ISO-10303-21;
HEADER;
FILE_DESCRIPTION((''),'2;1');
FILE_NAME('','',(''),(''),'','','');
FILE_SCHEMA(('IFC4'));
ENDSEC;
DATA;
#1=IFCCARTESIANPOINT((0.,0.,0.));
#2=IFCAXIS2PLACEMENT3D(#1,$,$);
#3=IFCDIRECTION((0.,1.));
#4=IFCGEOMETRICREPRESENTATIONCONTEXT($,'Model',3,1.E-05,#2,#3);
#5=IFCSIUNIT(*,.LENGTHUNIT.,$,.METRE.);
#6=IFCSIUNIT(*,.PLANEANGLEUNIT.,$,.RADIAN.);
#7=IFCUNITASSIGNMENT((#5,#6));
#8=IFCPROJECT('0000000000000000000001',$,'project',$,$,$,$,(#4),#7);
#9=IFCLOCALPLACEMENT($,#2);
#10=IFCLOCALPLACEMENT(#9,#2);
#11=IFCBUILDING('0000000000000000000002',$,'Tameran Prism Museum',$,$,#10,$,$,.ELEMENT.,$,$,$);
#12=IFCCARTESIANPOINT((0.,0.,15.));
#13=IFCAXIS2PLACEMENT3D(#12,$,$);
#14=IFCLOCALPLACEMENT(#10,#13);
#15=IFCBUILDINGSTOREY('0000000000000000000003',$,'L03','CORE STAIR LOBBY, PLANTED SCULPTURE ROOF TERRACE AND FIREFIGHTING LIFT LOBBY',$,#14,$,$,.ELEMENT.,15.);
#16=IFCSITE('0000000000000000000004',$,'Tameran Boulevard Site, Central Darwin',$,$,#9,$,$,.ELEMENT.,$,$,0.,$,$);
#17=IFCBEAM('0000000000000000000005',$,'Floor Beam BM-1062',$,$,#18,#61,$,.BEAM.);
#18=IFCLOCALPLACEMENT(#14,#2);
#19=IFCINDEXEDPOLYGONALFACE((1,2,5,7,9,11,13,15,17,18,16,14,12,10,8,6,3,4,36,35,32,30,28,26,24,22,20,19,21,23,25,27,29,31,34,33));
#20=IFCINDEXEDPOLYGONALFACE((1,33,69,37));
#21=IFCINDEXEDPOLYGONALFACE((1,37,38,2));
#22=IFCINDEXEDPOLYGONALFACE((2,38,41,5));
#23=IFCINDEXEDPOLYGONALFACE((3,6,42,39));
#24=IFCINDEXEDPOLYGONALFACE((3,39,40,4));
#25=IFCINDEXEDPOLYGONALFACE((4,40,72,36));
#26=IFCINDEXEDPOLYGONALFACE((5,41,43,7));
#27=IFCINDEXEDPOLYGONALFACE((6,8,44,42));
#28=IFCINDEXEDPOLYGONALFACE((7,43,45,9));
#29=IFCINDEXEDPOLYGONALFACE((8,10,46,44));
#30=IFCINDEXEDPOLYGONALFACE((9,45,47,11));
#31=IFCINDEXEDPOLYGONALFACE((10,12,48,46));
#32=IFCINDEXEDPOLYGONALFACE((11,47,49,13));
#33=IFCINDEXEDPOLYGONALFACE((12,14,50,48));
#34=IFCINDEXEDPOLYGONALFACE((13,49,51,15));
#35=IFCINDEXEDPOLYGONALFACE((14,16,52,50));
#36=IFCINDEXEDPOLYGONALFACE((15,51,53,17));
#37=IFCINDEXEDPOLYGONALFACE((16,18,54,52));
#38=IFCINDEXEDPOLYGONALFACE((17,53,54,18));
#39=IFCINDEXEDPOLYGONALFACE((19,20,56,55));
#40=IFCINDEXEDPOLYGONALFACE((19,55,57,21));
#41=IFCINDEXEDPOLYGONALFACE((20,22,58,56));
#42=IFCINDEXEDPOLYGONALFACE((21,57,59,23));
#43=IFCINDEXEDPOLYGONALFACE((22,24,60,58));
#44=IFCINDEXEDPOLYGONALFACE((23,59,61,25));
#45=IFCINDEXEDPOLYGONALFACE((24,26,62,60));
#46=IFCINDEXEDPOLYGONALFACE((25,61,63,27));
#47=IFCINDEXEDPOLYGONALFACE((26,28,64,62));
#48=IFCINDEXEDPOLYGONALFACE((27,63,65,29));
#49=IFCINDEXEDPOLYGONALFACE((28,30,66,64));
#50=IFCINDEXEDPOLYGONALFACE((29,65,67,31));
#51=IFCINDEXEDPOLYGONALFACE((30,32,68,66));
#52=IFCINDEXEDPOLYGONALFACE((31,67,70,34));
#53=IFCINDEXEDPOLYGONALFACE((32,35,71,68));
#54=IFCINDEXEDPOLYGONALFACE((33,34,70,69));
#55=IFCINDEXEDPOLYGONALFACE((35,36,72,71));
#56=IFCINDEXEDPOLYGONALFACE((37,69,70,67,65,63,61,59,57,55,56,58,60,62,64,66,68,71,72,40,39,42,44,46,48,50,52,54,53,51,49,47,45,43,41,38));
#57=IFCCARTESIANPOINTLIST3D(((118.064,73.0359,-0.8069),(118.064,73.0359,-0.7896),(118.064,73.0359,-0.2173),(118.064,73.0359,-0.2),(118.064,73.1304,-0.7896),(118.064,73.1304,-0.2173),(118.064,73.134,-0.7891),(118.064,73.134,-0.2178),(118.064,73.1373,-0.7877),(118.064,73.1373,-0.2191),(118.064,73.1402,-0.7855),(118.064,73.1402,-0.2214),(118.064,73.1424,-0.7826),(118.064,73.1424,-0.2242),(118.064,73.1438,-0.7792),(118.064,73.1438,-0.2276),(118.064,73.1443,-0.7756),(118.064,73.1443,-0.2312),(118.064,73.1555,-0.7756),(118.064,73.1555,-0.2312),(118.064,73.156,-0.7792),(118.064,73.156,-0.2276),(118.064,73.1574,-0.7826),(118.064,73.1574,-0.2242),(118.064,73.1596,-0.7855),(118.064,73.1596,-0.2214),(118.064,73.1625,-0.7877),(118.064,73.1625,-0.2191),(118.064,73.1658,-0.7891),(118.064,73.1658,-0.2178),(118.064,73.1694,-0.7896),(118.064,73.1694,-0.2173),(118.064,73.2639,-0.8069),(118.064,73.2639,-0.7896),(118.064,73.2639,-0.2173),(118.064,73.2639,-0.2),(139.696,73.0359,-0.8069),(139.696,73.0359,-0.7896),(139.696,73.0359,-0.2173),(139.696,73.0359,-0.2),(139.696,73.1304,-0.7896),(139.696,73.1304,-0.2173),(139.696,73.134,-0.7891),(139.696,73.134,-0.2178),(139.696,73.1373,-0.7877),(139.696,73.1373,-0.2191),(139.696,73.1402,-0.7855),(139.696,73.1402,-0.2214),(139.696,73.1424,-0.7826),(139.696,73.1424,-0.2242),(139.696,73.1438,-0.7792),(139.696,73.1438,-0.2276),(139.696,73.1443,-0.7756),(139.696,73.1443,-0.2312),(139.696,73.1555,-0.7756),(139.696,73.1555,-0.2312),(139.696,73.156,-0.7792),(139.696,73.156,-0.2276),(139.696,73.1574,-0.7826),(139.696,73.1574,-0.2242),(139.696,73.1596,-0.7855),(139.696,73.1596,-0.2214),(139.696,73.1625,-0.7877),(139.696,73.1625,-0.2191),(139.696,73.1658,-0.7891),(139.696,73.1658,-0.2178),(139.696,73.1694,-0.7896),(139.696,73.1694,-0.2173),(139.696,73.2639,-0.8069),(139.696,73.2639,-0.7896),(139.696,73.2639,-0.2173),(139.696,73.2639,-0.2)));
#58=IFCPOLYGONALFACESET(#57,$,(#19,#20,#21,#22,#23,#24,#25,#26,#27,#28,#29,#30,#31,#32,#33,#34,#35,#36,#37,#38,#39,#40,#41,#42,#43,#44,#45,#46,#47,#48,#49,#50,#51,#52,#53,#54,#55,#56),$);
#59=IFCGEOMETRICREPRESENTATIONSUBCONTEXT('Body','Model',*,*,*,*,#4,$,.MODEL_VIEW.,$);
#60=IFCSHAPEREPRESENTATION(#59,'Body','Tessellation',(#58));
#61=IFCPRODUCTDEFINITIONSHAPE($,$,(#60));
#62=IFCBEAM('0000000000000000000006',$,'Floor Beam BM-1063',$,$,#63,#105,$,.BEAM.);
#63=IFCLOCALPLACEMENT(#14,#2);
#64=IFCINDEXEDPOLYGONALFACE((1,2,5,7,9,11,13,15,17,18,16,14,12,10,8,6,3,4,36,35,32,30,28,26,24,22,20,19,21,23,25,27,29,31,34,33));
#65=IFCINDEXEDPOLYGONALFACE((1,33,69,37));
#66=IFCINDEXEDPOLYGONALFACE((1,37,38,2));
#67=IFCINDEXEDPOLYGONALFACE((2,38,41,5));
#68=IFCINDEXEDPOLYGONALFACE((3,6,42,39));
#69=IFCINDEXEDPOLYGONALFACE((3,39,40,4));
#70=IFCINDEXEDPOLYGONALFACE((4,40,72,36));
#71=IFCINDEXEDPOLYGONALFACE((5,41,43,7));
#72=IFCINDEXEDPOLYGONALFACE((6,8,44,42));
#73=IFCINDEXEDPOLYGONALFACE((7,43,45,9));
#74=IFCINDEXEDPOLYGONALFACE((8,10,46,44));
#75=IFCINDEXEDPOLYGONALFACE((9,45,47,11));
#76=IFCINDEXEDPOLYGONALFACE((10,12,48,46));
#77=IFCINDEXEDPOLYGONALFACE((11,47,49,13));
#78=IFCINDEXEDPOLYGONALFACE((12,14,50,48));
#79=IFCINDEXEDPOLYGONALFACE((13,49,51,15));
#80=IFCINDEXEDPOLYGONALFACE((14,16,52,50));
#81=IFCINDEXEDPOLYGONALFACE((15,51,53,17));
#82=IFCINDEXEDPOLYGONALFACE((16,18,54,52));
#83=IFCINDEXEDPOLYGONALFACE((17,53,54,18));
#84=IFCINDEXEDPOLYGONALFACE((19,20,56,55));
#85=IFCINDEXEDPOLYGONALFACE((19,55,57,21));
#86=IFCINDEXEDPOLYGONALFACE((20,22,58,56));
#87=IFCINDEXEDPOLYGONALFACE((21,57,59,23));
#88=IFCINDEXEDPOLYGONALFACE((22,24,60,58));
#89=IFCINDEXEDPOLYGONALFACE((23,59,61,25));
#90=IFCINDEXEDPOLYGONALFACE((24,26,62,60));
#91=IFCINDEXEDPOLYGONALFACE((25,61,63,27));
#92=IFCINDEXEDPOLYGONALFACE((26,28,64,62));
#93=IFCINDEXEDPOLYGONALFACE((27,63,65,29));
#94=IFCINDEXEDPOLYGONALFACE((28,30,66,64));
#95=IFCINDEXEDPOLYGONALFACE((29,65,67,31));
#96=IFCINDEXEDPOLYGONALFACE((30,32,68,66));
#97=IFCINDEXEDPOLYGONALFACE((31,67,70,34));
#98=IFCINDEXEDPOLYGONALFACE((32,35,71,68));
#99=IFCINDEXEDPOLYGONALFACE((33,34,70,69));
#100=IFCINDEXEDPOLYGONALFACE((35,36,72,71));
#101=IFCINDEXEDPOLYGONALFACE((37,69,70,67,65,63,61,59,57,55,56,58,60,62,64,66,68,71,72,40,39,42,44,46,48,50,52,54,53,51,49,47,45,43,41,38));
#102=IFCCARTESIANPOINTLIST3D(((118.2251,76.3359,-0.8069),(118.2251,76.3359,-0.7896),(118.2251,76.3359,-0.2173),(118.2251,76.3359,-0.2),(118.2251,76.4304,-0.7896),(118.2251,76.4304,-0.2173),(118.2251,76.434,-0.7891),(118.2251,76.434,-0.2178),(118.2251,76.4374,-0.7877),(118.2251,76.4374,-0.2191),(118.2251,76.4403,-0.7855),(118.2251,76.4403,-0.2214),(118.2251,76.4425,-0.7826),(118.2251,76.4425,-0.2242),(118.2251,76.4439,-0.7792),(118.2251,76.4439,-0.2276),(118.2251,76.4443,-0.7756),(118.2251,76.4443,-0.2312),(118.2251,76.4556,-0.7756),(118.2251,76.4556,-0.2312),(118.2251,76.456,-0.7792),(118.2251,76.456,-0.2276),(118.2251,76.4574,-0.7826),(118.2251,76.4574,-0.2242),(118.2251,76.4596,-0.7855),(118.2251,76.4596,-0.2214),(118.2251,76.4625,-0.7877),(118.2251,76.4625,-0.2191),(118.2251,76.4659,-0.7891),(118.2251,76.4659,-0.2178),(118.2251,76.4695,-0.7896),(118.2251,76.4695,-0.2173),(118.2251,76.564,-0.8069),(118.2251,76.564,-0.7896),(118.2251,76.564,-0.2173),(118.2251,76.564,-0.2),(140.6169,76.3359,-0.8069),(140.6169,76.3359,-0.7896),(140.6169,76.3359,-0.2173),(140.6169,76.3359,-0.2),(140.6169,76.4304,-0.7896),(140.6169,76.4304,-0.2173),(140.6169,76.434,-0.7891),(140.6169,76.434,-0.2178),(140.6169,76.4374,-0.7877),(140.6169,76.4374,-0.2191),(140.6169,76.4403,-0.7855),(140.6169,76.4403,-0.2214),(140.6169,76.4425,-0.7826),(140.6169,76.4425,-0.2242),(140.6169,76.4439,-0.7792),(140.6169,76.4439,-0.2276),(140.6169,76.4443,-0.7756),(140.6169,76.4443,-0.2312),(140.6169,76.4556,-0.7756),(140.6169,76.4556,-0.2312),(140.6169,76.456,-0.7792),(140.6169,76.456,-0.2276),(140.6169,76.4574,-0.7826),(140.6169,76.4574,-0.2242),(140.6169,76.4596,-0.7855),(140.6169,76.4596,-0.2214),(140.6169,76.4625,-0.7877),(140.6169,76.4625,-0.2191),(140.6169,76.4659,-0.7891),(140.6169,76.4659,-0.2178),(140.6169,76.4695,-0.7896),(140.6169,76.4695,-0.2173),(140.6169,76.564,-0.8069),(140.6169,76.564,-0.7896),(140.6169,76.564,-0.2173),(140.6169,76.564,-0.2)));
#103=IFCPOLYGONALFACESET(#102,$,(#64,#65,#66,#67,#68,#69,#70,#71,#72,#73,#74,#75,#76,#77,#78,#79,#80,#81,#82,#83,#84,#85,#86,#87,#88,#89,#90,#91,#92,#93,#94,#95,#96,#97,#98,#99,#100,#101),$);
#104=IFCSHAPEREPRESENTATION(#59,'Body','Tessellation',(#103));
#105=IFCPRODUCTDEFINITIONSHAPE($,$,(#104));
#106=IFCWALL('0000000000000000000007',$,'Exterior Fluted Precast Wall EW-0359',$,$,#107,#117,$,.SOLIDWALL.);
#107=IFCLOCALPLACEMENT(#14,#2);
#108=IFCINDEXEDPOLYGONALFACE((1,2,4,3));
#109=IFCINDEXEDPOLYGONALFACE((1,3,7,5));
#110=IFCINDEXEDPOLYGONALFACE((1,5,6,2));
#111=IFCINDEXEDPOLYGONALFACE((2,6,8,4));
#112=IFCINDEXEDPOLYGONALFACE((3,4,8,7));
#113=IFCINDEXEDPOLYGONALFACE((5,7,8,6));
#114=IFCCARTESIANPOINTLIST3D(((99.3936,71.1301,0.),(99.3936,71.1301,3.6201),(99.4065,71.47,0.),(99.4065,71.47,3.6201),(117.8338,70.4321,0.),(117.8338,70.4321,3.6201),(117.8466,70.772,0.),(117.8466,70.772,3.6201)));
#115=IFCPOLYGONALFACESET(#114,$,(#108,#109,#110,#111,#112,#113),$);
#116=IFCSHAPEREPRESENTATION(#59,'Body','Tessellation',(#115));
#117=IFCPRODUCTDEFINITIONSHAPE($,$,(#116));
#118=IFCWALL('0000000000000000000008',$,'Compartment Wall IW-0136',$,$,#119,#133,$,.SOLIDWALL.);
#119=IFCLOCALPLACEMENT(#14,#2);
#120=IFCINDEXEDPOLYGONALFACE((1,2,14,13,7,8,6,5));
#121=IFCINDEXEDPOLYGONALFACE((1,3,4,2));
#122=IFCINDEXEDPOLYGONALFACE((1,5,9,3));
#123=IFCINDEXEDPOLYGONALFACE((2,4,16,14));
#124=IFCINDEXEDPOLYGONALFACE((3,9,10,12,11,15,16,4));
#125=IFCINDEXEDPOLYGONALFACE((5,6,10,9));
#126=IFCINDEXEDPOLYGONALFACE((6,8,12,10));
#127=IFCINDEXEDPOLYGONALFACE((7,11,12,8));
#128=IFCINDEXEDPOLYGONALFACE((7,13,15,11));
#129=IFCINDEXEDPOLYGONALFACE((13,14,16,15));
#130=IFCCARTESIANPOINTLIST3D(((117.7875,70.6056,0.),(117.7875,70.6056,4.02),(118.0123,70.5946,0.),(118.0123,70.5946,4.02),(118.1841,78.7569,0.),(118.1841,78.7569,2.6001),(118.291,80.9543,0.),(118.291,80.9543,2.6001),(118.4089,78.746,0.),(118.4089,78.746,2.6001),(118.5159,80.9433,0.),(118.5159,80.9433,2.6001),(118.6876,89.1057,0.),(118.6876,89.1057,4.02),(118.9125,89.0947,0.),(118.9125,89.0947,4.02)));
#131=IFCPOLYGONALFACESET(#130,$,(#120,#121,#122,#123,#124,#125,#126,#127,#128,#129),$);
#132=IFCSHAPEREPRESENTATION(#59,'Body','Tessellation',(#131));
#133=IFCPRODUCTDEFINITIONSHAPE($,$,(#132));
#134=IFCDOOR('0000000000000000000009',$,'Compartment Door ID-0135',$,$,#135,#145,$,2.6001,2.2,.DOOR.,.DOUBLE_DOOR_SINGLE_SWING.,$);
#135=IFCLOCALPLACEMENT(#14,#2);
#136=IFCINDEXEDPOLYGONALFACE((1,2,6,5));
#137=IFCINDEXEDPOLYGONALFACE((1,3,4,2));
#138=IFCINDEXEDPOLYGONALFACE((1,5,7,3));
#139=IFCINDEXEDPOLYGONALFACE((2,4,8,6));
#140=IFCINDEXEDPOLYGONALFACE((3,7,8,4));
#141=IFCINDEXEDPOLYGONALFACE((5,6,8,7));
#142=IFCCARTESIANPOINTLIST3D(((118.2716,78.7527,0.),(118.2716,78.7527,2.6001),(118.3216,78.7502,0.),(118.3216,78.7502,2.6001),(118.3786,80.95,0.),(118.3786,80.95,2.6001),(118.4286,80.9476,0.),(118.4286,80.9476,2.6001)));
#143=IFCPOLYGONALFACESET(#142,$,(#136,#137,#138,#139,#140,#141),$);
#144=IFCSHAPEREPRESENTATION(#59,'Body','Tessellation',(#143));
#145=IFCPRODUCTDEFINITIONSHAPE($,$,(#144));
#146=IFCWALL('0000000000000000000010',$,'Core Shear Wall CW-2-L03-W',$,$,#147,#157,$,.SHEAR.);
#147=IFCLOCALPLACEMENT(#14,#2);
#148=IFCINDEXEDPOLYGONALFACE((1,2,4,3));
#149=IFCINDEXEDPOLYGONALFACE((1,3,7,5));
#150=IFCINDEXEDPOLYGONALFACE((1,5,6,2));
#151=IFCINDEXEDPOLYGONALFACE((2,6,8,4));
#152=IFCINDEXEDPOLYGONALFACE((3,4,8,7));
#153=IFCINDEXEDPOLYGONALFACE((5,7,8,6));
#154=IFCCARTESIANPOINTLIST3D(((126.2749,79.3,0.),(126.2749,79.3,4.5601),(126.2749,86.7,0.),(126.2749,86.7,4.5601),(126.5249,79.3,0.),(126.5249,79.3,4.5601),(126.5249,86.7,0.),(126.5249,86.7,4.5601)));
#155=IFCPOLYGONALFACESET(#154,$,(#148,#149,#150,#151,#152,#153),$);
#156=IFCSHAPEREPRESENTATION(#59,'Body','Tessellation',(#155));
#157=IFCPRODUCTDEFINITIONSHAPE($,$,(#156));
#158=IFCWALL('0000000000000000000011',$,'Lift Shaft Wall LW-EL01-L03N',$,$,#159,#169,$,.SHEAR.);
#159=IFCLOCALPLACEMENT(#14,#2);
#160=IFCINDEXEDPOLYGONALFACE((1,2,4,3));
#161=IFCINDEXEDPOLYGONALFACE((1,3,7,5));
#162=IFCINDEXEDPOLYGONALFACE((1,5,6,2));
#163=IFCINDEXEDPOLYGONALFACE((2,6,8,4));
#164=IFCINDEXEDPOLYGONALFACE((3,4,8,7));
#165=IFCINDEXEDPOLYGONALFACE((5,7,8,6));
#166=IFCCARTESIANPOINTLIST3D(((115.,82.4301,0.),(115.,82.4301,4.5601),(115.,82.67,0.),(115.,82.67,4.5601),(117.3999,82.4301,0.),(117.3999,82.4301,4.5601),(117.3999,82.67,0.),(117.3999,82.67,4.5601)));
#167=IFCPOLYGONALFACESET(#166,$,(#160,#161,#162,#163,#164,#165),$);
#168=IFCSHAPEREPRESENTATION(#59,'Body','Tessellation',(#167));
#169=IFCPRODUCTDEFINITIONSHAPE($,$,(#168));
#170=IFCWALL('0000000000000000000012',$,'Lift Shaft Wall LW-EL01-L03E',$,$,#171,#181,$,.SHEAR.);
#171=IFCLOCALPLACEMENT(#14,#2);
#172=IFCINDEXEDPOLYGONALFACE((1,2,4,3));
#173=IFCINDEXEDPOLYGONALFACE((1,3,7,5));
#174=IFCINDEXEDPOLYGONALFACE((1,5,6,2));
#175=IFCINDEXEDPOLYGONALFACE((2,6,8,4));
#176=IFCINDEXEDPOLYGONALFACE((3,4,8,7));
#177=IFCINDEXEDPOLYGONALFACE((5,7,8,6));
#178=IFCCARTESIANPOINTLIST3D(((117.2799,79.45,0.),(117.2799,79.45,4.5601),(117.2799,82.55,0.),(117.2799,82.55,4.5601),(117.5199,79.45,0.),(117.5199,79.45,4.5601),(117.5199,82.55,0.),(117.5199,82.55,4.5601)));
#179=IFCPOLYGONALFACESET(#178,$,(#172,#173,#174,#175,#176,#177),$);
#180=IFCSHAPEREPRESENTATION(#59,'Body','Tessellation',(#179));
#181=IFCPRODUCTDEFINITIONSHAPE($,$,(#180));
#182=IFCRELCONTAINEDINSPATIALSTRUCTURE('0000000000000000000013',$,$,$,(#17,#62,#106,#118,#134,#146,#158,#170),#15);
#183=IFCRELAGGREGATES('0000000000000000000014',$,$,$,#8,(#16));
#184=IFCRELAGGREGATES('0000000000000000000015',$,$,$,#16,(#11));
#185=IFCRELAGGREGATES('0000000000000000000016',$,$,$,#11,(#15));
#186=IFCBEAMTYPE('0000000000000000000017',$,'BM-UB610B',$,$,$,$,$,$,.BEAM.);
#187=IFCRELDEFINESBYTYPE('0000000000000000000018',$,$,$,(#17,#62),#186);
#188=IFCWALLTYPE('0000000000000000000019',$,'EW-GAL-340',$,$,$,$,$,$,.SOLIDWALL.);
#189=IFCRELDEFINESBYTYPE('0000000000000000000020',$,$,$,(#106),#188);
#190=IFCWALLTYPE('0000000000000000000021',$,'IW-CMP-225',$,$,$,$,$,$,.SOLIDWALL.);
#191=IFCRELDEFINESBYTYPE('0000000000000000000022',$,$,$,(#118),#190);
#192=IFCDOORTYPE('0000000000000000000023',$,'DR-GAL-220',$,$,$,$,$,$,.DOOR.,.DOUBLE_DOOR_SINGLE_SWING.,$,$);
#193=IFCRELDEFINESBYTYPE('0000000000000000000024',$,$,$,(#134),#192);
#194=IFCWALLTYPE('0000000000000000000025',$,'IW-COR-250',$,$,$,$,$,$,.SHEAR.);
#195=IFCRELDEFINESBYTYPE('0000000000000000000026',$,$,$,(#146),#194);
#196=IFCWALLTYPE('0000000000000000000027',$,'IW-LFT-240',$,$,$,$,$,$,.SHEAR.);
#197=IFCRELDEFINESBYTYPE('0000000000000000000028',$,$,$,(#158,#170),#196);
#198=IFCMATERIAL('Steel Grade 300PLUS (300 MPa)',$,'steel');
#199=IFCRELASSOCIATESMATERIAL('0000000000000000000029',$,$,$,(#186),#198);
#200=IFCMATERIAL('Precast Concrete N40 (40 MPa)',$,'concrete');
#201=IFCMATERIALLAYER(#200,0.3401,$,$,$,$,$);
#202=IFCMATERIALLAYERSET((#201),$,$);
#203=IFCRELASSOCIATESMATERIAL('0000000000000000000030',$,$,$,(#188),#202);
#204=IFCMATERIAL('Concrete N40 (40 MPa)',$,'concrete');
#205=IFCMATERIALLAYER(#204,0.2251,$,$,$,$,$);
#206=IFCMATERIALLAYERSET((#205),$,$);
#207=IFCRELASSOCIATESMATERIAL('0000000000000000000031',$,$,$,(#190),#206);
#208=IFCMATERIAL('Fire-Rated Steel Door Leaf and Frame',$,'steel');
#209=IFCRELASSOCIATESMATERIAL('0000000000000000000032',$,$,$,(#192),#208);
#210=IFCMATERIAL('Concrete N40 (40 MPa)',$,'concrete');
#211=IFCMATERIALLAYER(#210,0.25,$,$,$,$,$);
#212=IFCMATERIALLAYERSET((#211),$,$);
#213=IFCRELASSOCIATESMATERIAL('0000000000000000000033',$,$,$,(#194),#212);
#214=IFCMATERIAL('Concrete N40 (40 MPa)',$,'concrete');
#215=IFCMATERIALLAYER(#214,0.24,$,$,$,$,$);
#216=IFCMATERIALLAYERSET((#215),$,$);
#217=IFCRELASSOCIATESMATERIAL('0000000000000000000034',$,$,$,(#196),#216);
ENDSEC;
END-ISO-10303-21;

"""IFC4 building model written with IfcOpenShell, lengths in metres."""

from ifc_helpers import new_model, si_unit, direction, frame, frame_2d, origin, origin_2d, place, context, subcontext, project, spatial, rectangle, i_section, extrude, material, layer, layer_set, material_profile, profile_set, type_object, element, fill, save


model = new_model("IFC4")

# Units and contexts
model_context = context("Model", 3, precision=1e-05, world=origin(), true_north=direction((0.0, 1.0)))
body_context = subcontext(model_context, "Body", "Model", "MODEL_VIEW")
ifc_project = project(units=[si_unit("LENGTHUNIT", "METRE"), si_unit("PLANEANGLEUNIT", "RADIAN")], contexts=[model_context])

# Site, building, storey
site_placement = place(None, origin())
site = spatial("IfcSite", under=ifc_project, at=site_placement, Name="Tameran Boulevard Site, Central Darwin", CompositionType="ELEMENT", RefElevation=0.0)
building_placement = place(site_placement, origin())
building = spatial("IfcBuilding", under=site, at=building_placement, Name="Tameran Prism Museum", CompositionType="ELEMENT")
storey_placement = place(building_placement, frame((0.0, 0.0, 15.0)))
storey = spatial("IfcBuildingStorey", under=building, at=storey_placement, Name="L03", Description="CORE STAIR LOBBY, PLANTED SCULPTURE ROOF TERRACE AND FIREFIGHTING LIFT LOBBY", CompositionType="ELEMENT", Elevation=15.0)

# Beams
ifc_material_1 = material(Name="Steel Grade 300PLUS (300 MPa)", Category="steel")
ifc_material_profile_1 = material_profile(ifc_material_1, i_section(OverallWidth=0.228, OverallDepth=0.6069, WebThickness=0.0112, FlangeThickness=0.0173, FilletRadius=0.0139, at=origin_2d()))
ifc_profile_set_1 = profile_set([ifc_material_profile_1])
beam_type_1 = type_object("IfcBeamType", Name="BM-UB610B", PredefinedType="BEAM", material=ifc_profile_set_1)
beam_1_placement = place(storey_placement, frame((118.064, 73.1499, -0.5034), z_axis=(1.0, 0.0, 0.0), x_axis=(0.0, 1.0, 0.0)))
element("IfcBeam", 1, at=beam_1_placement, inside=storey, type_object=beam_type_1, Name="Floor Beam BM-1062", PredefinedType="BEAM", context=body_context, shape_type="SweptSolid", body=[
    extrude(i_section(OverallWidth=0.228, OverallDepth=0.6069, WebThickness=0.0112, FlangeThickness=0.0173, FilletRadius=0.0139, at=origin_2d()), origin(), (0.0, 0.0, 1.0), 21.6321),
])
beam_2_placement = place(storey_placement, frame((118.2251, 76.45, -0.5034), z_axis=(1.0, 0.0, 0.0), x_axis=(0.0, 1.0, 0.0)))
element("IfcBeam", 2, at=beam_2_placement, inside=storey, type_object=beam_type_1, Name="Floor Beam BM-1063", PredefinedType="BEAM", context=body_context, shape_type="SweptSolid", body=[
    extrude(i_section(OverallWidth=0.228, OverallDepth=0.6069, WebThickness=0.0112, FlangeThickness=0.0173, FilletRadius=0.0139, at=origin_2d()), origin(), (0.0, 0.0, 1.0), 22.3918),
])

# Wall
ifc_material_2 = material(Name="Precast Concrete N40 (40 MPa)", Category="concrete")
ifc_layer_1 = layer(ifc_material_2, 0.3401)
ifc_layer_set_1 = layer_set([ifc_layer_1])
wall_type_1 = type_object("IfcWallType", Name="EW-GAL-340", PredefinedType="SOLIDWALL", material=ifc_layer_set_1)
wall_1_placement = place(storey_placement, frame((117.8401, 70.6021, 0.0), z_axis=(0.0, 0.0, 1.0), x_axis=(-0.999284, 0.037825, 0.0)))
element("IfcWall", 3, at=wall_1_placement, inside=storey, type_object=wall_type_1, Name="Exterior Fluted Precast Wall EW-0359", PredefinedType="SOLIDWALL", context=body_context, shape_type="SweptSolid", body=[
    extrude(rectangle(XDim=18.4534, YDim=0.3401, at=frame_2d((9.2266, 0.0))), origin(), (0.0, 0.0, 1.0), 3.6201),
])

# Wall, opening, door
ifc_material_3 = material(Name="Concrete N40 (40 MPa)", Category="concrete")
ifc_layer_2 = layer(ifc_material_3, 0.2251)
ifc_layer_set_2 = layer_set([ifc_layer_2])
wall_type_2 = type_object("IfcWallType", Name="IW-CMP-225", PredefinedType="SOLIDWALL", material=ifc_layer_set_2)
wall_2_placement = place(storey_placement, frame((117.8999, 70.6001, 0.0), z_axis=(0.0, 0.0, 1.0), x_axis=(0.048599, 0.998818, 0.0)))
wall_2 = element("IfcWall", 4, at=wall_2_placement, inside=storey, type_object=wall_type_2, Name="Compartment Wall IW-0136", PredefinedType="SOLIDWALL", context=body_context, shape_type="SweptSolid", body=[
    extrude(rectangle(XDim=18.522, YDim=0.2251, at=frame_2d((9.261, 0.0))), origin(), (0.0, 0.0, 1.0), 4.02),
])
opening_1_placement = place(wall_2_placement, frame((8.1609, 0.0, 0.0)))
opening_1 = element("IfcOpeningElement", 5, at=opening_1_placement, cuts=wall_2, PredefinedType="OPENING", context=body_context, shape_type="SweptSolid", body=[
    extrude(rectangle(XDim=2.2, YDim=2.6001, at=frame_2d((1.1001, 1.3))), frame((0.0, 0.1226, 0.0), z_axis=(0.0, -1.0, 0.0), x_axis=(1.0, 0.0, 0.0)), (0.0, 0.0, 1.0), 0.2451),
])
ifc_material_4 = material(Name="Fire-Rated Steel Door Leaf and Frame", Category="steel")
door_type_1 = type_object("IfcDoorType", Name="DR-GAL-220", OperationType="DOUBLE_DOOR_SINGLE_SWING", PredefinedType="DOOR", material=ifc_material_4)
door_1_placement = place(opening_1_placement, origin())
door_1 = element("IfcDoor", 6, at=door_1_placement, inside=storey, type_object=door_type_1, Name="Compartment Door ID-0135", OperationType="DOUBLE_DOOR_SINGLE_SWING", OverallHeight=2.6001, OverallWidth=2.2, PredefinedType="DOOR", context=body_context, shape_type="SweptSolid", body=[
    extrude(rectangle(XDim=2.2, YDim=2.6001, at=frame_2d((1.1001, 1.3))), frame((0.0, 0.0249, 0.0), z_axis=(0.0, -1.0, 0.0), x_axis=(1.0, 0.0, 0.0)), (0.0, 0.0, 1.0), 0.05),
])
fill(opening_1, door_1)

# Walls
ifc_material_5 = material(Name="Concrete N40 (40 MPa)", Category="concrete")
ifc_layer_3 = layer(ifc_material_5, 0.25)
ifc_layer_set_3 = layer_set([ifc_layer_3])
wall_type_3 = type_object("IfcWallType", Name="IW-COR-250", PredefinedType="SHEAR", material=ifc_layer_set_3)
wall_3_placement = place(storey_placement, frame((126.3999, 79.3, 0.0), z_axis=(0.0, 0.0, 1.0), x_axis=(0.0, 1.0, 0.0)))
element("IfcWall", 7, at=wall_3_placement, inside=storey, type_object=wall_type_3, Name="Core Shear Wall CW-2-L03-W", PredefinedType="SHEAR", context=body_context, shape_type="SweptSolid", body=[
    extrude(rectangle(XDim=7.3999, YDim=0.25, at=frame_2d((3.7, 0.0))), origin(), (0.0, 0.0, 1.0), 4.5601),
])
ifc_material_6 = material(Name="Concrete N40 (40 MPa)", Category="concrete")
ifc_layer_4 = layer(ifc_material_6, 0.24)
ifc_layer_set_4 = layer_set([ifc_layer_4])
wall_type_4 = type_object("IfcWallType", Name="IW-LFT-240", PredefinedType="SHEAR", material=ifc_layer_set_4)
wall_4_placement = place(storey_placement, frame((115.0, 82.55, 0.0), z_axis=(0.0, 0.0, 1.0), x_axis=(1.0, 0.0, 0.0)))
element("IfcWall", 8, at=wall_4_placement, inside=storey, type_object=wall_type_4, Name="Lift Shaft Wall LW-EL01-L03N", PredefinedType="SHEAR", context=body_context, shape_type="SweptSolid", body=[
    extrude(rectangle(XDim=2.3999, YDim=0.24, at=frame_2d((1.2, 0.0))), origin(), (0.0, 0.0, 1.0), 4.5601),
])
for number, where, z_axis, x_axis, name in (
    (9, (117.3999, 82.55, 0.0), (0.0, 0.0, 1.0), (0.0, -1.0, 0.0), "Lift Shaft Wall LW-EL01-L03E"),
):
    element("IfcWall", number, at=place(storey_placement, frame(where, z_axis=z_axis, x_axis=x_axis)), inside=storey, type_object=wall_type_4, Name=name, PredefinedType="SHEAR", context=body_context, shape_type="SweptSolid", body=[
        extrude(rectangle(XDim=3.1001, YDim=0.24, at=frame_2d((1.55, 0.0))), origin(), (0.0, 0.0, 1.0), 4.5601),
    ])

save(model, "model.ifc")
